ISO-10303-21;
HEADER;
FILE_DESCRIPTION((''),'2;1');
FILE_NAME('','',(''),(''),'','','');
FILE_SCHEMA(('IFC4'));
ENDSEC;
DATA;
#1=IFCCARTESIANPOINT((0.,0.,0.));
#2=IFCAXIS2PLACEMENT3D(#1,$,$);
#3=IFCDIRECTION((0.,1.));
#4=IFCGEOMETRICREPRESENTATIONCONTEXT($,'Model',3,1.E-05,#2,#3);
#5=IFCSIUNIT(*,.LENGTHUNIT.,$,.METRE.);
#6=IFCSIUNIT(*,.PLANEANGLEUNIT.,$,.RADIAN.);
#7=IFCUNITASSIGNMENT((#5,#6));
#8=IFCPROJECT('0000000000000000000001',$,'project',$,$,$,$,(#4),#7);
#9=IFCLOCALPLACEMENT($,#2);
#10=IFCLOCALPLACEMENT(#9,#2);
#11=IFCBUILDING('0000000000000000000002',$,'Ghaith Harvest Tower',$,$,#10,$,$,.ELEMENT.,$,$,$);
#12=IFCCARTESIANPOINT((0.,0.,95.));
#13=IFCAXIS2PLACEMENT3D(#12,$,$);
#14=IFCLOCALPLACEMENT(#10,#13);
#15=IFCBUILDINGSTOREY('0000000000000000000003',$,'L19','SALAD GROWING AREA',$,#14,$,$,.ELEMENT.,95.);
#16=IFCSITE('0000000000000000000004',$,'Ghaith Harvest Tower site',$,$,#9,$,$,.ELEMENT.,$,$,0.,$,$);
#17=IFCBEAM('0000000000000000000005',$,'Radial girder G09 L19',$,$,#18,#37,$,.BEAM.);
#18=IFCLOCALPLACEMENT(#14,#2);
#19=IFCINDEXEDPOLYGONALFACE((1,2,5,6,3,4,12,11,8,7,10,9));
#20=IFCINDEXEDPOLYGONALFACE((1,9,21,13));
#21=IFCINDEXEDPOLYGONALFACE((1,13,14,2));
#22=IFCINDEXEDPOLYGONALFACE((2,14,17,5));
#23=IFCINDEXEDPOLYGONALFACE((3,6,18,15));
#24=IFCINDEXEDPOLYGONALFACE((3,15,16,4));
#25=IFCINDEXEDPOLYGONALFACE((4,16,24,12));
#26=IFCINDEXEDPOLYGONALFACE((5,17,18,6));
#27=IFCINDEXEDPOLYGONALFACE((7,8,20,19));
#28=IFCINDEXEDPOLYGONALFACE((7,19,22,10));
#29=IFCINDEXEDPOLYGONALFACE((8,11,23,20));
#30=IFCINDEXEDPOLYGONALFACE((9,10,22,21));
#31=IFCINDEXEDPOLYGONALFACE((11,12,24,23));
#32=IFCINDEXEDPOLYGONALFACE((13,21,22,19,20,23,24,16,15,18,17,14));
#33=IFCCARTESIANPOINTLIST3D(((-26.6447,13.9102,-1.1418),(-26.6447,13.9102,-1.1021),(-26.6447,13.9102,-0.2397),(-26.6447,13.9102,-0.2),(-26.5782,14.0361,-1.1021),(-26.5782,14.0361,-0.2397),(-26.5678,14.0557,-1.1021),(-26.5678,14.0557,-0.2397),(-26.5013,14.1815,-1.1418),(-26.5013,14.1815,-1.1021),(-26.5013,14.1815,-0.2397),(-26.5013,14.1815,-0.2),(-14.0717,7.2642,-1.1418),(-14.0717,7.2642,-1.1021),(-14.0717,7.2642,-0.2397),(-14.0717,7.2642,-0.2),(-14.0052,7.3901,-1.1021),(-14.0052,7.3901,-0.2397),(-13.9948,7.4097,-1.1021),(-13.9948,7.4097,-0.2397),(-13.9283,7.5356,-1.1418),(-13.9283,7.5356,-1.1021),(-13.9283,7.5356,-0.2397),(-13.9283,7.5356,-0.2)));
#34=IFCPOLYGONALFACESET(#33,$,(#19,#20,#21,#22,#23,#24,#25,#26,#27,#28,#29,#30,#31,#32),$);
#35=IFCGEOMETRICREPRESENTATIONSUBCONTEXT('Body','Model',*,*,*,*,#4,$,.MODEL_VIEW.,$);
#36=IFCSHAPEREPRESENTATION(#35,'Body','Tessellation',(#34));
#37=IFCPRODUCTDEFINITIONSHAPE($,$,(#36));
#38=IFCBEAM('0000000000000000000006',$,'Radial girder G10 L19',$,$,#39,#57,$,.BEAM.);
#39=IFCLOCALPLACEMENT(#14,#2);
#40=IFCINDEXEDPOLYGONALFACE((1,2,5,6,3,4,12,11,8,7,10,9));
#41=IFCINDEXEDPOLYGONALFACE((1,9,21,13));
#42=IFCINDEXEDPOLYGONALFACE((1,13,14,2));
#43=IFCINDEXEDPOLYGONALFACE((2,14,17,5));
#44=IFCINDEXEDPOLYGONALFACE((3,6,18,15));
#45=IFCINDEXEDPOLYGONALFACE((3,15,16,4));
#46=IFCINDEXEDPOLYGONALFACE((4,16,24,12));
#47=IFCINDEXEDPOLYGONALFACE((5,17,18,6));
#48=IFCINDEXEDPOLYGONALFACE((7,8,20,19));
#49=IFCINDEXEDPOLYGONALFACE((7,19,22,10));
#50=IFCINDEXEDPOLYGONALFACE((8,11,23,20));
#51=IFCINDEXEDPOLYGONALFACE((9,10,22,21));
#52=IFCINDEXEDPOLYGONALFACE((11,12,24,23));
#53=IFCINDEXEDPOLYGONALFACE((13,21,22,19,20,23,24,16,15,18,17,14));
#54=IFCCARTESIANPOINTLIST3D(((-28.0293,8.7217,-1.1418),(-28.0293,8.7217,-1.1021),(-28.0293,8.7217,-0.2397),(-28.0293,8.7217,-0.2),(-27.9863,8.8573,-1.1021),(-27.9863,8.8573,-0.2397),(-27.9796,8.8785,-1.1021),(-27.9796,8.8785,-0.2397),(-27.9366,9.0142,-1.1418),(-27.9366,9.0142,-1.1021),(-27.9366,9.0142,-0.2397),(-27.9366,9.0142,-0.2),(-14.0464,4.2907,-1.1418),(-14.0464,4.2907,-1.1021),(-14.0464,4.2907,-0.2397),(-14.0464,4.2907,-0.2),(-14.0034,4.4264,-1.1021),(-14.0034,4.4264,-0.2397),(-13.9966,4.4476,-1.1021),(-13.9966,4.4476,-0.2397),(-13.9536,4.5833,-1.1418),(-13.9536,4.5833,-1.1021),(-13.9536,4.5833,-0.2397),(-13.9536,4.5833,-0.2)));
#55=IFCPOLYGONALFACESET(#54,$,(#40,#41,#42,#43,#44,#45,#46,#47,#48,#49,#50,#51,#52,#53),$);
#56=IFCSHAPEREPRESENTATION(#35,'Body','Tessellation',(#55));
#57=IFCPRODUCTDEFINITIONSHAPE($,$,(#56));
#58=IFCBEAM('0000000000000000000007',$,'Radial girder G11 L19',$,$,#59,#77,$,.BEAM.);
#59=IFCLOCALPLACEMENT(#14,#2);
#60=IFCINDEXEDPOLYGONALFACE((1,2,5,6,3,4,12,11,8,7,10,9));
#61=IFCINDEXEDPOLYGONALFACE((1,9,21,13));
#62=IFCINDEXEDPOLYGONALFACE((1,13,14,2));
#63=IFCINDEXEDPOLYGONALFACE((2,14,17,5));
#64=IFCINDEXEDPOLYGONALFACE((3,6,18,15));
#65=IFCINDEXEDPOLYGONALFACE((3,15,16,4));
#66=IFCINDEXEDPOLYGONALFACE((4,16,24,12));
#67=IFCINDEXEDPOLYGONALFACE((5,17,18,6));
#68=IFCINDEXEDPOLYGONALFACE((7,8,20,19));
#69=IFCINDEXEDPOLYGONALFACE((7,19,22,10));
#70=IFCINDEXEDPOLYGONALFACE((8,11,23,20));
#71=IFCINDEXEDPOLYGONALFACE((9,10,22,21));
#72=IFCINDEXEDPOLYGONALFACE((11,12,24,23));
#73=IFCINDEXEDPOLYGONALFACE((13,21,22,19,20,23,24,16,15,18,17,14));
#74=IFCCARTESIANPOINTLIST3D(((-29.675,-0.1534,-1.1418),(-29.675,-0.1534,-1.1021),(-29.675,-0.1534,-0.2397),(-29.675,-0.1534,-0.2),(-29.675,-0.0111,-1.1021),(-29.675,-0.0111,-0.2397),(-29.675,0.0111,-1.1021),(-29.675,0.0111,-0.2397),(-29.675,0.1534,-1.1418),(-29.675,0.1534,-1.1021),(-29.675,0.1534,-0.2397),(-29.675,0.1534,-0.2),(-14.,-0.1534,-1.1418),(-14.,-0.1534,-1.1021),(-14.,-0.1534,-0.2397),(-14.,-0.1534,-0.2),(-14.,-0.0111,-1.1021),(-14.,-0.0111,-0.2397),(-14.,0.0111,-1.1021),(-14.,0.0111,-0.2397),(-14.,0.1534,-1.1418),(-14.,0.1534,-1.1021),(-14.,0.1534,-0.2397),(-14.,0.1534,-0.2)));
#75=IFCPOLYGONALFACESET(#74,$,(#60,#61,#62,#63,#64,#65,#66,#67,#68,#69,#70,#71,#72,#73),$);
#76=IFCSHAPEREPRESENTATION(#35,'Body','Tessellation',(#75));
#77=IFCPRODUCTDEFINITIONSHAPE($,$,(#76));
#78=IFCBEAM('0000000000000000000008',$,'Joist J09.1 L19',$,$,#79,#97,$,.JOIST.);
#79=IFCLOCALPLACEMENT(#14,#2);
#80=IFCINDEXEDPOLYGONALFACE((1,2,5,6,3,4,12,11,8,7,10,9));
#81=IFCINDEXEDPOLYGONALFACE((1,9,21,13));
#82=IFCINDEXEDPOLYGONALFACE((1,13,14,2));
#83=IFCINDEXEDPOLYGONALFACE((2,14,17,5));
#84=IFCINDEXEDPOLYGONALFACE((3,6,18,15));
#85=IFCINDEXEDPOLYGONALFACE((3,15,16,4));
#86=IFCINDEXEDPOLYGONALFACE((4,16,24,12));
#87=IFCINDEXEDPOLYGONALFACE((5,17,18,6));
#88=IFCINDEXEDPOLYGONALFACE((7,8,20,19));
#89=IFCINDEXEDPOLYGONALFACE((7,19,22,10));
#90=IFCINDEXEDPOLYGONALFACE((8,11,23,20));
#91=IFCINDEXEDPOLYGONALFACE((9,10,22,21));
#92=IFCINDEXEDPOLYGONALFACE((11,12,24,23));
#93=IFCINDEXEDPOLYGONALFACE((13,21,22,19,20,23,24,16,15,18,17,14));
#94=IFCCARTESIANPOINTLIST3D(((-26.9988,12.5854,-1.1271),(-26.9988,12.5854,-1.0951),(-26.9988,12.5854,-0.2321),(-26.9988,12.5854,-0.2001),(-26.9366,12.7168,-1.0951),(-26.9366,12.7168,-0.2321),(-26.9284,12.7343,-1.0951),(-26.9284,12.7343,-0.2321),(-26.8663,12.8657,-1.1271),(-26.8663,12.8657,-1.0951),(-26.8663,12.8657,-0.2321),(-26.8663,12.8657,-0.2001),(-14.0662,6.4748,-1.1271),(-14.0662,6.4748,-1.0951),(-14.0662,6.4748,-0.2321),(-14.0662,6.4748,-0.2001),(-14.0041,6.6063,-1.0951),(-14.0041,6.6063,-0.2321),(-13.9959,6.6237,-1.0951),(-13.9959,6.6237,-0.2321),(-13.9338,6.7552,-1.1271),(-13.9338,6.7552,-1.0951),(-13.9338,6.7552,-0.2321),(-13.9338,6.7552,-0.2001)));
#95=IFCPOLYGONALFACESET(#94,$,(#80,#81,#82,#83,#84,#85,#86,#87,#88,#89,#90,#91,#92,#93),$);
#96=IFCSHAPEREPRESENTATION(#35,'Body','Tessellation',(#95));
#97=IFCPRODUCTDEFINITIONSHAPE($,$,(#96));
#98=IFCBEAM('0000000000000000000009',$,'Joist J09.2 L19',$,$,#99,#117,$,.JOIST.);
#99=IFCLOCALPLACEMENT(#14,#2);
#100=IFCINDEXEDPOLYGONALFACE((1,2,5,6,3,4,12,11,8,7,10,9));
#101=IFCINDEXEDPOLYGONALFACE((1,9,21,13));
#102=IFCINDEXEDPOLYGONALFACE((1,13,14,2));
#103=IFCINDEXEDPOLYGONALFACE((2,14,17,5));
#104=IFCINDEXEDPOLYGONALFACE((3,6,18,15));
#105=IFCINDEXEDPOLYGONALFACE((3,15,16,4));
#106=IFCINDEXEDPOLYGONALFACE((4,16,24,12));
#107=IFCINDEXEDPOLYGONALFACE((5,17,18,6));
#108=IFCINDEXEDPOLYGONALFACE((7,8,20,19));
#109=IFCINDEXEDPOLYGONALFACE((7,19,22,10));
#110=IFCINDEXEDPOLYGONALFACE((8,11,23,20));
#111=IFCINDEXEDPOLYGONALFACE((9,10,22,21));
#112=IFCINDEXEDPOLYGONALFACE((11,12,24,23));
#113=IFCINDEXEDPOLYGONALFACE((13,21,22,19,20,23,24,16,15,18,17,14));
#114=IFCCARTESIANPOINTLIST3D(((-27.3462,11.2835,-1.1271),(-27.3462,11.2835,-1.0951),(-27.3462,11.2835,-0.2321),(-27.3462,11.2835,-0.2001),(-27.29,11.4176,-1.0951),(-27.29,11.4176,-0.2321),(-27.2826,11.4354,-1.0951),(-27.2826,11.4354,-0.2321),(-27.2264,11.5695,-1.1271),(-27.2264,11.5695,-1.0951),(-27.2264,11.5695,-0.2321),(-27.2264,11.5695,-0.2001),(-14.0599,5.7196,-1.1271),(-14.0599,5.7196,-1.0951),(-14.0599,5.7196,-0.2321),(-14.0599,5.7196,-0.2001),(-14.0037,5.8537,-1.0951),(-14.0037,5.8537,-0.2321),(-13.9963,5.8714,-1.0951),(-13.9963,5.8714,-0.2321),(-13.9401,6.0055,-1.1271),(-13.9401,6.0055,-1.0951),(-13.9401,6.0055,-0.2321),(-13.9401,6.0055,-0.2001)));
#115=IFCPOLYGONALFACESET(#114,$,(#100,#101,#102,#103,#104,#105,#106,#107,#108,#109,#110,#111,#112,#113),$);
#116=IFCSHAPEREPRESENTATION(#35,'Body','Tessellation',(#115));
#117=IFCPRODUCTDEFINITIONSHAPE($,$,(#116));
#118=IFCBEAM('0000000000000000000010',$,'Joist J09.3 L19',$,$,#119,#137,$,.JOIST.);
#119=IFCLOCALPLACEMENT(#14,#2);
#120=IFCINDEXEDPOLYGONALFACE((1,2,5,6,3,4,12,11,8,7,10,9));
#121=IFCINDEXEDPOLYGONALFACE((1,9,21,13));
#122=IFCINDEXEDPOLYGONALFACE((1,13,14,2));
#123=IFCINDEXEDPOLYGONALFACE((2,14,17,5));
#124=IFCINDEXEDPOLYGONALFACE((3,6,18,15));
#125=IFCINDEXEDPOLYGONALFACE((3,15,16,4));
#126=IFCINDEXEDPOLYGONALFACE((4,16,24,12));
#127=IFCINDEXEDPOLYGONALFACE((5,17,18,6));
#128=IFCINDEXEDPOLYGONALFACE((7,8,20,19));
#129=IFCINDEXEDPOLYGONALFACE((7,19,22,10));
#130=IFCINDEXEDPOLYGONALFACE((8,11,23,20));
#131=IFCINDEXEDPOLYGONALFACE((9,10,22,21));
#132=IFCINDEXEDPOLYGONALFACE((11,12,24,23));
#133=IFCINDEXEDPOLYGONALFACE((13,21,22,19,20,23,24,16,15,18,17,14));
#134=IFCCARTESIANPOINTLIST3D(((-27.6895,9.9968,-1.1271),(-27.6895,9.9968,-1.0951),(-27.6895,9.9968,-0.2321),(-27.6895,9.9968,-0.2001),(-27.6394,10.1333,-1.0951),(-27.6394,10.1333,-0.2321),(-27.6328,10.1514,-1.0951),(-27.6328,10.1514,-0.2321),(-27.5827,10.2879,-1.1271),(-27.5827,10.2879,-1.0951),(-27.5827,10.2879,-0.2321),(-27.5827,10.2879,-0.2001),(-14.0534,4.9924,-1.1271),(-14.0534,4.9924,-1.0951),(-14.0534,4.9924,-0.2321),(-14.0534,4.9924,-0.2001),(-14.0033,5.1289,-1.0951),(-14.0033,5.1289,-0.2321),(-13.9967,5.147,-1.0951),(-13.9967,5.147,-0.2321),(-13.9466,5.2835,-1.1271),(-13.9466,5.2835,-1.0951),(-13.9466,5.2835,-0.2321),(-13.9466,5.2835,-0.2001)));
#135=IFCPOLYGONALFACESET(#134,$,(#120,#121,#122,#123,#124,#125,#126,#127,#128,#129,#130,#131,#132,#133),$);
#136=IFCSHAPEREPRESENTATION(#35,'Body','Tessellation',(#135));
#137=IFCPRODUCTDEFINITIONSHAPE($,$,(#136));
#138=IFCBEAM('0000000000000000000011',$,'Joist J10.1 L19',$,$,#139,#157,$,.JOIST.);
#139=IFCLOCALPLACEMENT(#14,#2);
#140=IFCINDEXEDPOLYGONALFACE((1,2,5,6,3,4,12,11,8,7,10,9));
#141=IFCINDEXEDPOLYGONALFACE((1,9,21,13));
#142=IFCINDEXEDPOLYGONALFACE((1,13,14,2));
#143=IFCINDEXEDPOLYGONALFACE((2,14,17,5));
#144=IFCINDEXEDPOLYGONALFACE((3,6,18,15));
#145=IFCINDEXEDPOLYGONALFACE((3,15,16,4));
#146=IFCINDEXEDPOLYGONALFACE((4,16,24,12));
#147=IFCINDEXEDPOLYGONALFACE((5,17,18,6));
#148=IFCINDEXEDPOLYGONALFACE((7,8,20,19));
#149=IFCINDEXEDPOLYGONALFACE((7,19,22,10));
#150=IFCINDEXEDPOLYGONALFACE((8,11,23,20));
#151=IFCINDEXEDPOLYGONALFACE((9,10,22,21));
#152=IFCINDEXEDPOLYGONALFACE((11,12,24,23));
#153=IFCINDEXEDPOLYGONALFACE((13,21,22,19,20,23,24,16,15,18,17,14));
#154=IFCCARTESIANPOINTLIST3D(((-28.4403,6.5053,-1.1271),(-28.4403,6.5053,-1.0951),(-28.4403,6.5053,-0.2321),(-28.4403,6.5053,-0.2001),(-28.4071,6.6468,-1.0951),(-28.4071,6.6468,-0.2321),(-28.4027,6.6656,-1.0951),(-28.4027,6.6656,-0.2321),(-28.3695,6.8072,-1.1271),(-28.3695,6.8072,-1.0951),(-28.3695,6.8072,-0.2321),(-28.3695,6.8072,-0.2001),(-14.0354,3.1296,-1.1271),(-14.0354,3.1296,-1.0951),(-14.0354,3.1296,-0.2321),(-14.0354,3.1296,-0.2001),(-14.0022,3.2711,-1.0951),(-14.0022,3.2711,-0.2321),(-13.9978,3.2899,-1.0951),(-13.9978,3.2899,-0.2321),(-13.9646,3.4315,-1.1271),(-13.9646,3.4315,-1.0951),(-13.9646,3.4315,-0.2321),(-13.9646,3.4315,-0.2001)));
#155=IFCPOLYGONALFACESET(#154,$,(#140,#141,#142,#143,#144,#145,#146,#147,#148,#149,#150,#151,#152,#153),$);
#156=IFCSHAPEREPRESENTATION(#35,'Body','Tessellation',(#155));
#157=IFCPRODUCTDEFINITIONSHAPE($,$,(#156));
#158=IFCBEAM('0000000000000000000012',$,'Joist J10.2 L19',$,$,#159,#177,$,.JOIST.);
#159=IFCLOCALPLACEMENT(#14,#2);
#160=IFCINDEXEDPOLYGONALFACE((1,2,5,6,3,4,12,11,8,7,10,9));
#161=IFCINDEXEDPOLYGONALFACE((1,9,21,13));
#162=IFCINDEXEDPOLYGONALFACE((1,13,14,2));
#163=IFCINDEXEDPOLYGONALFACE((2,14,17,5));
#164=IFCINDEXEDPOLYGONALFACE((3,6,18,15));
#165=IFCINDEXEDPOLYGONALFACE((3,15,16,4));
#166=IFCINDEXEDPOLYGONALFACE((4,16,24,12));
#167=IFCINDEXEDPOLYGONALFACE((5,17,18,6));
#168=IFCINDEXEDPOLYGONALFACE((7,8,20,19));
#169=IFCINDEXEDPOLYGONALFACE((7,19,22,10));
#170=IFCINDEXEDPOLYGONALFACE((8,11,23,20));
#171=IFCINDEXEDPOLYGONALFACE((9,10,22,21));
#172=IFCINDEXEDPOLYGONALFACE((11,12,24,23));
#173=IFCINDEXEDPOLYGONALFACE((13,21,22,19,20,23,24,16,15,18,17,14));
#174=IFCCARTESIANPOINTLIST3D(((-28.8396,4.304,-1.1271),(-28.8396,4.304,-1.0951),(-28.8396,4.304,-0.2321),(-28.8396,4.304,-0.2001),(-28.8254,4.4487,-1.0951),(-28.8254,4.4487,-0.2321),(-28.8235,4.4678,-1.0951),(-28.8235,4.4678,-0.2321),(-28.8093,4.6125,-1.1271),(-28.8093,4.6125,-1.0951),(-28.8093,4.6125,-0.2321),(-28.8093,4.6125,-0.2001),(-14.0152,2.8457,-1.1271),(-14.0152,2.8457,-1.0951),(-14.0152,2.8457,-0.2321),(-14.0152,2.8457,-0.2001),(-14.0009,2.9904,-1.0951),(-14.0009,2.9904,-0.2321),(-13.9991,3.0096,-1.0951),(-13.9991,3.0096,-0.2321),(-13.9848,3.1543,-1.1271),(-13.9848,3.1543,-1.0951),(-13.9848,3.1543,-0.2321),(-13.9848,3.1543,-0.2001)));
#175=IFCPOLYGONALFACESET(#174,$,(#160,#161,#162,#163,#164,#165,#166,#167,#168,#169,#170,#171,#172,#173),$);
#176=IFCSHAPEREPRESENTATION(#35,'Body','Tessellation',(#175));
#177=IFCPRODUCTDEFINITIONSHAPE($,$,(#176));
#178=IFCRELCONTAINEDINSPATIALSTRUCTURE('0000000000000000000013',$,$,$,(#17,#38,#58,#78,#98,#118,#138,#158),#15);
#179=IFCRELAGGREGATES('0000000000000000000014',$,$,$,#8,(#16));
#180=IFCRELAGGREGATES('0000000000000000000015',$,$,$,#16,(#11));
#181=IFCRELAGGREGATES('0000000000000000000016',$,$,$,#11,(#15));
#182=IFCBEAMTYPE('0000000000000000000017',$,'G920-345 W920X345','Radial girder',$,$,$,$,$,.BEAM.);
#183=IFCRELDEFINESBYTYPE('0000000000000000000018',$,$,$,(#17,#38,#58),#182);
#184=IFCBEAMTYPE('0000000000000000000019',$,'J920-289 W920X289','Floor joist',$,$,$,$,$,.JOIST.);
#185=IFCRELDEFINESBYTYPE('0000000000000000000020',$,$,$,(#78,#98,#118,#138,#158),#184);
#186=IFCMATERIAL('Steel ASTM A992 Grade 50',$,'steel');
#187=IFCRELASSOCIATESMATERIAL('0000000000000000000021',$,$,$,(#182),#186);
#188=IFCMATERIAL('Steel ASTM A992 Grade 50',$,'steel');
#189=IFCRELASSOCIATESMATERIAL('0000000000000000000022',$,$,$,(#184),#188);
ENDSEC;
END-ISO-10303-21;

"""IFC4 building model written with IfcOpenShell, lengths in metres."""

from ifc_helpers import new_model, si_unit, direction, frame, origin, origin_2d, place, context, subcontext, project, spatial, i_section, extrude, material, material_profile, profile_set, type_object, element, save


model = new_model("IFC4")

# Units and contexts
model_context = context("Model", 3, precision=1e-05, world=origin(), true_north=direction((0.0, 1.0)))
body_context = subcontext(model_context, "Body", "Model", "MODEL_VIEW")
ifc_project = project(units=[si_unit("LENGTHUNIT", "METRE"), si_unit("PLANEANGLEUNIT", "RADIAN")], contexts=[model_context])

# Site, building, storey
site_placement = place(None, origin())
site = spatial("IfcSite", under=ifc_project, at=site_placement, Name="Ghaith Harvest Tower site", CompositionType="ELEMENT", RefElevation=0.0)
building_placement = place(site_placement, origin())
building = spatial("IfcBuilding", under=site, at=building_placement, Name="Ghaith Harvest Tower", CompositionType="ELEMENT")
storey_placement = place(building_placement, frame((0.0, 0.0, 95.0)))
storey = spatial("IfcBuildingStorey", under=building, at=storey_placement, Name="L19", Description="SALAD GROWING AREA", CompositionType="ELEMENT", Elevation=95.0)

# Beams
ifc_material_1 = material(Name="Steel ASTM A992 Grade 50", Category="steel")
ifc_material_profile_1 = material_profile(ifc_material_1, i_section(OverallWidth=0.3069, OverallDepth=0.9419, WebThickness=0.0222, FlangeThickness=0.0398, at=origin_2d()), Name="W920X345")
ifc_profile_set_1 = profile_set([ifc_material_profile_1], Name="Steel ASTM A992 Grade 50")
beam_type_1 = type_object("IfcBeamType", Name="G920-345 W920X345", Description="Radial girder", PredefinedType="BEAM", material=ifc_profile_set_1)
beam_1_placement = place(storey_placement, frame((-14.0, 7.3999, -0.6709), z_axis=(-0.884087, 0.467322, 0.0), x_axis=(-0.467322, -0.884087, 0.0)))
element("IfcBeam", 1, at=beam_1_placement, inside=storey, type_object=beam_type_1, Name="Radial girder G09 L19", PredefinedType="BEAM", context=body_context, shape_type="SweptSolid", body=[
    extrude(i_section(OverallWidth=0.3069, OverallDepth=0.9419, WebThickness=0.0222, FlangeThickness=0.0398, at=origin_2d()), origin(), (0.0, 0.0, 1.0), 14.2214),
])
beam_2_placement = place(storey_placement, frame((-14.0, 4.437, -0.6709), z_axis=(-0.953284, 0.302077, 0.0), x_axis=(-0.302077, -0.953284, 0.0)))
element("IfcBeam", 2, at=beam_2_placement, inside=storey, type_object=beam_type_1, Name="Radial girder G10 L19", PredefinedType="BEAM", context=body_context, shape_type="SweptSolid", body=[
    extrude(i_section(OverallWidth=0.3069, OverallDepth=0.9419, WebThickness=0.0222, FlangeThickness=0.0398, at=origin_2d()), origin(), (0.0, 0.0, 1.0), 14.6682),
])
beam_3_placement = place(storey_placement, frame((-14.0, 0.0, -0.6709), z_axis=(-1.0, 0.0, 0.0), x_axis=(0.0, -1.0, 0.0)))
element("IfcBeam", 3, at=beam_3_placement, inside=storey, type_object=beam_type_1, Name="Radial girder G11 L19", PredefinedType="BEAM", context=body_context, shape_type="SweptSolid", body=[
    extrude(i_section(OverallWidth=0.3069, OverallDepth=0.9419, WebThickness=0.0222, FlangeThickness=0.0398, at=origin_2d()), origin(), (0.0, 0.0, 1.0), 15.675),
])
ifc_material_2 = material(Name="Steel ASTM A992 Grade 50", Category="steel")
ifc_material_profile_2 = material_profile(ifc_material_2, i_section(OverallWidth=0.3101, OverallDepth=0.927, WebThickness=0.0193, FlangeThickness=0.032, at=origin_2d()), Name="W920X289")
ifc_profile_set_2 = profile_set([ifc_material_profile_2], Name="Steel ASTM A992 Grade 50")
beam_type_2 = type_object("IfcBeamType", Name="J920-289 W920X289", Description="Floor joist", PredefinedType="JOIST", material=ifc_profile_set_2)
beam_4_placement = place(storey_placement, frame((-14.0, 6.615, -0.6636), z_axis=(-0.904153, 0.427208, 0.0), x_axis=(-0.427208, -0.904153, 0.0)))
element("IfcBeam", 4, at=beam_4_placement, inside=storey, type_object=beam_type_2, Name="Joist J09.1 L19", PredefinedType="JOIST", context=body_context, shape_type="SweptSolid", body=[
    extrude(i_section(OverallWidth=0.3101, OverallDepth=0.927, WebThickness=0.0193, FlangeThickness=0.032, at=origin_2d()), origin(), (0.0, 0.0, 1.0), 14.3035),
])
beam_5_placement = place(storey_placement, frame((-14.0, 5.8625, -0.6636), z_axis=(-0.922386, 0.38627, 0.0), x_axis=(-0.38627, -0.922386, 0.0)))
element("IfcBeam", 5, at=beam_5_placement, inside=storey, type_object=beam_type_2, Name="Joist J09.2 L19", PredefinedType="JOIST", context=body_context, shape_type="SweptSolid", body=[
    extrude(i_section(OverallWidth=0.3101, OverallDepth=0.927, WebThickness=0.0193, FlangeThickness=0.032, at=origin_2d()), origin(), (0.0, 0.0, 1.0), 14.4043),
])
beam_6_placement = place(storey_placement, frame((-14.0, 5.1379, -0.6636), z_axis=(-0.938775, 0.34453, 0.0), x_axis=(-0.34453, -0.938775, 0.0)))
element("IfcBeam", 6, at=beam_6_placement, inside=storey, type_object=beam_type_2, Name="Joist J09.3 L19", PredefinedType="JOIST", context=body_context, shape_type="SweptSolid", body=[
    extrude(i_section(OverallWidth=0.3101, OverallDepth=0.927, WebThickness=0.0193, FlangeThickness=0.032, at=origin_2d()), origin(), (0.0, 0.0, 1.0), 14.5254),
])
beam_7_placement = place(storey_placement, frame((-14.0, 3.2805, -0.6636), z_axis=(-0.973623, 0.228163, 0.0), x_axis=(-0.228163, -0.973623, 0.0)))
element("IfcBeam", 7, at=beam_7_placement, inside=storey, type_object=beam_type_2, Name="Joist J10.1 L19", PredefinedType="JOIST", context=body_context, shape_type="SweptSolid", body=[
    extrude(i_section(OverallWidth=0.3101, OverallDepth=0.927, WebThickness=0.0193, FlangeThickness=0.032, at=origin_2d()), origin(), (0.0, 0.0, 1.0), 14.7952),
])
beam_8_placement = place(storey_placement, frame((-14.0, 3.0, -0.6636), z_axis=(-0.995197, 0.097895, 0.0), x_axis=(-0.097895, -0.995197, 0.0)))
element("IfcBeam", 8, at=beam_8_placement, inside=storey, type_object=beam_type_2, Name="Joist J10.2 L19", PredefinedType="JOIST", context=body_context, shape_type="SweptSolid", body=[
    extrude(i_section(OverallWidth=0.3101, OverallDepth=0.927, WebThickness=0.0193, FlangeThickness=0.032, at=origin_2d()), origin(), (0.0, 0.0, 1.0), 14.896),
])

save(model, "model.ifc")
